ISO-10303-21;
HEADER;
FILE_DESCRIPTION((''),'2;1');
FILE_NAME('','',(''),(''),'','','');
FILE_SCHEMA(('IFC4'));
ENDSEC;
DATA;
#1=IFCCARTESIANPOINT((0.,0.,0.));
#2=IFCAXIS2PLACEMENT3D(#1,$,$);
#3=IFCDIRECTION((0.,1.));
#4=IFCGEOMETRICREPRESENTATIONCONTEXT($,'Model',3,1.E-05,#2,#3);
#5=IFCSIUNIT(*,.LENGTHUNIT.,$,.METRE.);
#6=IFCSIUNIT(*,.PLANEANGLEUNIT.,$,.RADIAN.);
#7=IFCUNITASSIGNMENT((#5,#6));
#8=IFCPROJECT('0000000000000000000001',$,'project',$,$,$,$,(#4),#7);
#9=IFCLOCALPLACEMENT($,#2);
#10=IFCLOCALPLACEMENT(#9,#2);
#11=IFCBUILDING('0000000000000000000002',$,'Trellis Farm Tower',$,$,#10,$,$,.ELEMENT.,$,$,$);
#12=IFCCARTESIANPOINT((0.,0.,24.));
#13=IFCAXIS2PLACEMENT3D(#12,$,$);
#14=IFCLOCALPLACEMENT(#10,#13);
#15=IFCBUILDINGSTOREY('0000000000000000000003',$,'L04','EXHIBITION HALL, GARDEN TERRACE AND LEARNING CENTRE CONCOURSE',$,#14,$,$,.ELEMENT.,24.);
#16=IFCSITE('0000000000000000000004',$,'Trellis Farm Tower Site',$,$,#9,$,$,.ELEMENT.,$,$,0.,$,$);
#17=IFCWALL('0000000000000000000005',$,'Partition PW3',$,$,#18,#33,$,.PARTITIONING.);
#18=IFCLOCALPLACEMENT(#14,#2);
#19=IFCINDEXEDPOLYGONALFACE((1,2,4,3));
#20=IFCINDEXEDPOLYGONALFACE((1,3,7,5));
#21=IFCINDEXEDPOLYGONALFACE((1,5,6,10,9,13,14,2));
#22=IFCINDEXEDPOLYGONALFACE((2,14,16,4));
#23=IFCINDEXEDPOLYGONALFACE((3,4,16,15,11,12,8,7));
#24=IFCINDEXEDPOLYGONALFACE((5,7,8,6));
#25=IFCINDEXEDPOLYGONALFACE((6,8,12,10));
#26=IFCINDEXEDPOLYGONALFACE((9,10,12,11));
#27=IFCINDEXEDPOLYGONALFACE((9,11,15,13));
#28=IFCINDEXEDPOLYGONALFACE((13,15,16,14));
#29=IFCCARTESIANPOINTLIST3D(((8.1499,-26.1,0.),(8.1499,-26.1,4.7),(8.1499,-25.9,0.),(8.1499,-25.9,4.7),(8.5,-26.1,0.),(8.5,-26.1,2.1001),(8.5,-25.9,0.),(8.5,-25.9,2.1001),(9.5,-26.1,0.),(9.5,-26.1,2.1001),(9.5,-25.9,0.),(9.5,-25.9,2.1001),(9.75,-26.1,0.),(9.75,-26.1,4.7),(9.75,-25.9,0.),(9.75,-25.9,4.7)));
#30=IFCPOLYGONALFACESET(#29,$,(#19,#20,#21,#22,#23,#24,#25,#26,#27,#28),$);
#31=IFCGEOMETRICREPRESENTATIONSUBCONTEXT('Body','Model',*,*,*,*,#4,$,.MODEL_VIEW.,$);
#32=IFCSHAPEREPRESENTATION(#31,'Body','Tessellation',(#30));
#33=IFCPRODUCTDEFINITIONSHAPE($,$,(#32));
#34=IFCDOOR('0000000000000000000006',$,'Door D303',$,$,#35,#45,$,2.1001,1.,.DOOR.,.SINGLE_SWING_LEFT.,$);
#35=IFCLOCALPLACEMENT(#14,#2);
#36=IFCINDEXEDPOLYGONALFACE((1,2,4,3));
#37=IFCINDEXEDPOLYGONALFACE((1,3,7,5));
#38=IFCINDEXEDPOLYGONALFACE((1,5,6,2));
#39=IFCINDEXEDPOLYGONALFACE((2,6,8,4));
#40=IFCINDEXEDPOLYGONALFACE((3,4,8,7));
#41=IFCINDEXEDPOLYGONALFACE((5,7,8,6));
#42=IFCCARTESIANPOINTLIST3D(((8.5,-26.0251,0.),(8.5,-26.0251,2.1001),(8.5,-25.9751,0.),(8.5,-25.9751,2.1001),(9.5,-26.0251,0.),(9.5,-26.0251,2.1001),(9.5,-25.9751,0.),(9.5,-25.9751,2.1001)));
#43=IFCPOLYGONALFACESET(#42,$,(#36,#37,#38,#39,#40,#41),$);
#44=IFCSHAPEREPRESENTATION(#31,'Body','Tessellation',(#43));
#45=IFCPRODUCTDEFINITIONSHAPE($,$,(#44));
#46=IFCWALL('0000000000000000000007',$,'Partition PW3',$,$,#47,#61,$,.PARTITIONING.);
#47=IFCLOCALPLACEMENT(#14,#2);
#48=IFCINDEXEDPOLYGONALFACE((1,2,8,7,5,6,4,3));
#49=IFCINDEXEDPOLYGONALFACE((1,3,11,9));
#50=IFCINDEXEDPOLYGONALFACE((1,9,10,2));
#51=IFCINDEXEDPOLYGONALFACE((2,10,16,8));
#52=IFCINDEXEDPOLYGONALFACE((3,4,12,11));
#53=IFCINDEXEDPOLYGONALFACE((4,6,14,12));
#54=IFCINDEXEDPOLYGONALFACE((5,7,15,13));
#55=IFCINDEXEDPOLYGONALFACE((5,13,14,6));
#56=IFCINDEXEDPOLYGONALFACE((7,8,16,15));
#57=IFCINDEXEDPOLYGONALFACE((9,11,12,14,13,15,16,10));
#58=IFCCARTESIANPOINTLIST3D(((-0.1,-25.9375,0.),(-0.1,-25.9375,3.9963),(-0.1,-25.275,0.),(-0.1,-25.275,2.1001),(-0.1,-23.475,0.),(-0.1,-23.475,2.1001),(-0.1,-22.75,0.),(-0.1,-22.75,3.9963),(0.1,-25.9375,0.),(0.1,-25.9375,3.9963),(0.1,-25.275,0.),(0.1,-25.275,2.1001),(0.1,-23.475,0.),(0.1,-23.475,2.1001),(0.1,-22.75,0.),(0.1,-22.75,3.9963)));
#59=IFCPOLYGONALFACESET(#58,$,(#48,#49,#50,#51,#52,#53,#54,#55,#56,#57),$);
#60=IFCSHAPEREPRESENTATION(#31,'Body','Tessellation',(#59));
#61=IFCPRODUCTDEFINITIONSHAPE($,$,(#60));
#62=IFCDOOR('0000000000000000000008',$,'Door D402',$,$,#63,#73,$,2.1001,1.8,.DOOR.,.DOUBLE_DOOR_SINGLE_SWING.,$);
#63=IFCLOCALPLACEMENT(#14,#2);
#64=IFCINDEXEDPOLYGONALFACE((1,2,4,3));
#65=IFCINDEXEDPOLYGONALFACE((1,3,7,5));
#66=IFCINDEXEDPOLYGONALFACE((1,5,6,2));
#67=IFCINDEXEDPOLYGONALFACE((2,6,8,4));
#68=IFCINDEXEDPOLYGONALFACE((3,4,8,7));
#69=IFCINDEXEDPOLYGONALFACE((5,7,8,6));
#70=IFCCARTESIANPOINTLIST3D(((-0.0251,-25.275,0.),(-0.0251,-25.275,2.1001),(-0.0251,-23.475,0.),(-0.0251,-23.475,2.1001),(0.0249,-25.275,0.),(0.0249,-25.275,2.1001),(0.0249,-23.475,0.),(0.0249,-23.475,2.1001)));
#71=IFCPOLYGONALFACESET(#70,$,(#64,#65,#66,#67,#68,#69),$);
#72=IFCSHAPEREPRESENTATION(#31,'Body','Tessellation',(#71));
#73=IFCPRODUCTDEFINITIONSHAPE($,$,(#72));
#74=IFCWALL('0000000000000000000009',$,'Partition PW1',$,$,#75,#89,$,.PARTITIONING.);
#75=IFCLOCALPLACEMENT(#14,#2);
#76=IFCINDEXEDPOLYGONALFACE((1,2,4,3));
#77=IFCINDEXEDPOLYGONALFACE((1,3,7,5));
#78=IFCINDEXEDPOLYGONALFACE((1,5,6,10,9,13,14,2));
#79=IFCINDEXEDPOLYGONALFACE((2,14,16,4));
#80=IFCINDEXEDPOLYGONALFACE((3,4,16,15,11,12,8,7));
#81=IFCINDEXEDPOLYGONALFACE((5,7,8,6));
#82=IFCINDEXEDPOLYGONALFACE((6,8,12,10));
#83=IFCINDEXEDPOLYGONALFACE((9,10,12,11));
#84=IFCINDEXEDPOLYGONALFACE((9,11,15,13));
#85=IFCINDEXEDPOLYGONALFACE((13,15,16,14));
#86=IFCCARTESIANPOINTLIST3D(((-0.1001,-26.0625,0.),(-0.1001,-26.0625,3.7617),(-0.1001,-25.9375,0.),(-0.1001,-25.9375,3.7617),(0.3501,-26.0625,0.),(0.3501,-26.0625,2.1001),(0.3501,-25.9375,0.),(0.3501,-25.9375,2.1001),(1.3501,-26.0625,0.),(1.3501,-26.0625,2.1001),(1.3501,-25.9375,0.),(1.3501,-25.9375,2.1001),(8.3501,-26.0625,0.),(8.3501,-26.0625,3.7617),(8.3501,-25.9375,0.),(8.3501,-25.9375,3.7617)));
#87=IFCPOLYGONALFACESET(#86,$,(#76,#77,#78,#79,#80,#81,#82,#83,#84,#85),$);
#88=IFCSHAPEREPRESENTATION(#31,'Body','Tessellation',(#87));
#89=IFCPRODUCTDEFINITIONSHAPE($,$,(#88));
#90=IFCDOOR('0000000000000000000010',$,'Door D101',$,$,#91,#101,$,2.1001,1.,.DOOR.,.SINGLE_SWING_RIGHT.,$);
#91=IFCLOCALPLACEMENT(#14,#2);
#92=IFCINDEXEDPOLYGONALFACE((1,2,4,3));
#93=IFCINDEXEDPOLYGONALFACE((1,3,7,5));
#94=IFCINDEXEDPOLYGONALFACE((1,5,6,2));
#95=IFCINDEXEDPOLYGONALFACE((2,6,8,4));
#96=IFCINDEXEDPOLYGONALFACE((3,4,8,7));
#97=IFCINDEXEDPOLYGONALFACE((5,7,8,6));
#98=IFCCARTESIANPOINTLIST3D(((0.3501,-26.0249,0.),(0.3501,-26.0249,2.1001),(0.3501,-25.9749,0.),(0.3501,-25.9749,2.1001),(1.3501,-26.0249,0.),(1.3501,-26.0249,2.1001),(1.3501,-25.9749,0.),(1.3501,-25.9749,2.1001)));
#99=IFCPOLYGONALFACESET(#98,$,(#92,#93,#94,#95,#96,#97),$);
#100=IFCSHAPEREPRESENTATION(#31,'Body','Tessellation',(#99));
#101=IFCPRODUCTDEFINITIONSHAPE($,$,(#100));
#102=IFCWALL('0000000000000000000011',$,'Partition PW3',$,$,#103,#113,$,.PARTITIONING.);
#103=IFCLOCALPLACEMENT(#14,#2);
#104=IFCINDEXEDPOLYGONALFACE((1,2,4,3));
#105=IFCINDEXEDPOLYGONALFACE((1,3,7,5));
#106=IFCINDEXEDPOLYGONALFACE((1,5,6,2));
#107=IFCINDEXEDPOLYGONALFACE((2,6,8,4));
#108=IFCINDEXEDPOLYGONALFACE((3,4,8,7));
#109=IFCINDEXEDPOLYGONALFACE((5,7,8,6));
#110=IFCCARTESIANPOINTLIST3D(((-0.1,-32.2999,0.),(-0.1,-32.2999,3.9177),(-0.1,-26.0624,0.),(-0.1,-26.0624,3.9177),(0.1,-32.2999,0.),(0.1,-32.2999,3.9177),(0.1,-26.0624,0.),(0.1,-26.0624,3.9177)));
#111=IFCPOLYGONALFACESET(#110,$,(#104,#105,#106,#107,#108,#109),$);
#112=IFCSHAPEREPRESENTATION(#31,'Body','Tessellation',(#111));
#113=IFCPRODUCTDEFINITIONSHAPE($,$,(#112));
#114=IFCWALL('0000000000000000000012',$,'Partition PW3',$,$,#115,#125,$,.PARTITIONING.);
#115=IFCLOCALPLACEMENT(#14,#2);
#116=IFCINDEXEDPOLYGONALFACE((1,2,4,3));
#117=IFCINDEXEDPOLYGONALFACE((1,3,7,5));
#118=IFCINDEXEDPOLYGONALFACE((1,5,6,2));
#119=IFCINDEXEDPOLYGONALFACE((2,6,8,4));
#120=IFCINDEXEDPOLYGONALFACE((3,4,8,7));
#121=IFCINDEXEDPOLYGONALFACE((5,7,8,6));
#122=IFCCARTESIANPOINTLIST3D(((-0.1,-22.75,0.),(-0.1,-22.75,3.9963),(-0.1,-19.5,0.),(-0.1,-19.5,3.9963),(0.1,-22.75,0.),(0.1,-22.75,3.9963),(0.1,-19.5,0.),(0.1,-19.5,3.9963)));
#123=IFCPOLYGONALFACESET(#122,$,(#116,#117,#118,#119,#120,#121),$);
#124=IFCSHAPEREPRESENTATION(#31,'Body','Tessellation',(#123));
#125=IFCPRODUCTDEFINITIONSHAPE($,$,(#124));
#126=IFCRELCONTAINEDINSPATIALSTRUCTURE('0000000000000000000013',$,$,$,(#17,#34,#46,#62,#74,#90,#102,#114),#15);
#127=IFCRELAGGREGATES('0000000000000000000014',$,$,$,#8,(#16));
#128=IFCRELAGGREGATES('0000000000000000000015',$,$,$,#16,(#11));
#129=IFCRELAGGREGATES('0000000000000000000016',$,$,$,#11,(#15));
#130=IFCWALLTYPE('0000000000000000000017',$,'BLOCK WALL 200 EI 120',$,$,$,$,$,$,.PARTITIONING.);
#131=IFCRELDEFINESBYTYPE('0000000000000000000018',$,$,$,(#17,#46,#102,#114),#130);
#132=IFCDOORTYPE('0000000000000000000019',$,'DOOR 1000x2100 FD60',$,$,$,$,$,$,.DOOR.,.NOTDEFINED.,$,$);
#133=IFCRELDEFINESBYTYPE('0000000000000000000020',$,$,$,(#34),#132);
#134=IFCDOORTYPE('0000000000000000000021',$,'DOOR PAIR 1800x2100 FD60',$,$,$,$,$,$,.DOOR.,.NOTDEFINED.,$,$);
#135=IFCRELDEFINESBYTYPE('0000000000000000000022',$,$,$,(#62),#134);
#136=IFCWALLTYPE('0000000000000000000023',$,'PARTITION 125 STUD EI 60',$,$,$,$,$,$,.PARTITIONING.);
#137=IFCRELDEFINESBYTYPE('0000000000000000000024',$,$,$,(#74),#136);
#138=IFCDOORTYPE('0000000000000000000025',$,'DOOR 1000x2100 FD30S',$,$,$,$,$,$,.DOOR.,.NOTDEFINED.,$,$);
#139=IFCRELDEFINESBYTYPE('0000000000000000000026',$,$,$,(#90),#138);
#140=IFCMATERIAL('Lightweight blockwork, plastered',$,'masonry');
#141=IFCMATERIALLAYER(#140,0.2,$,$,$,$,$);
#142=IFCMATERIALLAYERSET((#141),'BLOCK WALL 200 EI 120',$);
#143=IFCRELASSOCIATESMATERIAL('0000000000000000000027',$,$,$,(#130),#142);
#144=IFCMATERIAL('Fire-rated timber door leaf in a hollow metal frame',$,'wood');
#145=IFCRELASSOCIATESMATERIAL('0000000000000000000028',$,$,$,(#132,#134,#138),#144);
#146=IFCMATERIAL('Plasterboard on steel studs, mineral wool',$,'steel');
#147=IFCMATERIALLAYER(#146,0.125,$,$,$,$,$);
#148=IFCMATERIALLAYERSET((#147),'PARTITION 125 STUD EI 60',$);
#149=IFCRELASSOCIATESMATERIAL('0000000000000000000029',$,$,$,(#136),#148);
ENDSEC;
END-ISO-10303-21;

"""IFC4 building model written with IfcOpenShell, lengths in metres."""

from ifc_helpers import new_model, si_unit, direction, frame, frame_2d, origin, place, context, subcontext, project, spatial, rectangle, extrude, source, transform, mapped, material, layer, layer_set, type_object, element, fill, save


model = new_model("IFC4")

# Units and contexts
model_context = context("Model", 3, precision=1e-05, world=origin(), true_north=direction((0.0, 1.0)))
body_context = subcontext(model_context, "Body", "Model", "MODEL_VIEW")
ifc_project = project(units=[si_unit("LENGTHUNIT", "METRE"), si_unit("PLANEANGLEUNIT", "RADIAN")], contexts=[model_context])

# Site, building, storey
site_placement = place(None, origin())
site = spatial("IfcSite", under=ifc_project, at=site_placement, Name="Trellis Farm Tower Site", CompositionType="ELEMENT", RefElevation=0.0)
building_placement = place(site_placement, origin())
building = spatial("IfcBuilding", under=site, at=building_placement, Name="Trellis Farm Tower", CompositionType="ELEMENT")
storey_placement = place(building_placement, frame((0.0, 0.0, 24.0)))
storey = spatial("IfcBuildingStorey", under=building, at=storey_placement, Name="L04", Description="EXHIBITION HALL, GARDEN TERRACE AND LEARNING CENTRE CONCOURSE", CompositionType="ELEMENT", Elevation=24.0)

# Walls, openings, doors
ifc_material_1 = material(Name="Lightweight blockwork, plastered", Category="masonry")
ifc_layer_1 = layer(ifc_material_1, 0.2)
ifc_layer_set_1 = layer_set([ifc_layer_1], Name="BLOCK WALL 200 EI 120")
wall_type_1 = type_object("IfcWallType", Name="BLOCK WALL 200 EI 120", PredefinedType="PARTITIONING", material=ifc_layer_set_1)
shared_shape_1 = source(origin(), body_context, "Body", "SweptSolid", [
    extrude(rectangle(XDim=1.6001, YDim=0.2, at=frame_2d((0.8, 0.0))), origin(), (0.0, 0.0, 1.0), 4.7),
])
wall_1_placement = place(storey_placement, frame((8.1499, -26.0, 0.0), z_axis=(0.0, 0.0, 1.0), x_axis=(1.0, 0.0, 0.0)))
wall_1 = element("IfcWall", 1, at=wall_1_placement, inside=storey, type_object=wall_type_1, Name="Partition PW3", PredefinedType="PARTITIONING", context=body_context, shape_type="MappedRepresentation", body=[
    mapped(shared_shape_1, transform((0.0, 0.0, 0.0))),
])
shared_shape_2 = source(origin(), body_context, "Body", "SweptSolid", [
    extrude(rectangle(XDim=1.0, YDim=2.1001, at=frame_2d((0.5, 1.05))), frame((0.0, 0.1101, 0.0), z_axis=(0.0, -1.0, 0.0), x_axis=(1.0, 0.0, 0.0)), (0.0, 0.0, 1.0), 0.2202),
])
opening_1_placement = place(wall_1_placement, frame((0.3501, 0.0, 0.0)))
opening_1 = element("IfcOpeningElement", 2, at=opening_1_placement, cuts=wall_1, PredefinedType="OPENING", context=body_context, shape_type="MappedRepresentation", body=[
    mapped(shared_shape_2, transform((0.0, 0.0, 0.0))),
])
ifc_material_2 = material(Name="Fire-rated timber door leaf in a hollow metal frame", Category="wood")
door_type_1 = type_object("IfcDoorType", Name="DOOR 1000x2100 FD60", OperationType="NOTDEFINED", PredefinedType="DOOR", material=ifc_material_2)
shared_shape_3 = source(origin(), body_context, "Body", "SweptSolid", [
    extrude(rectangle(XDim=1.0, YDim=2.1001, at=frame_2d((0.5, 1.05))), frame((0.0, 0.0249, 0.0), z_axis=(0.0, -1.0, 0.0), x_axis=(1.0, 0.0, 0.0)), (0.0, 0.0, 1.0), 0.05),
])
door_1_placement = place(opening_1_placement, origin())
door_1 = element("IfcDoor", 3, at=door_1_placement, inside=storey, type_object=door_type_1, Name="Door D303", OperationType="SINGLE_SWING_LEFT", OverallHeight=2.1001, OverallWidth=1.0, PredefinedType="DOOR", context=body_context, shape_type="MappedRepresentation", body=[
    mapped(shared_shape_3, transform((0.0, 0.0, 0.0))),
])
fill(opening_1, door_1)
shared_shape_4 = source(origin(), body_context, "Body", "SweptSolid", [
    extrude(rectangle(XDim=3.1875, YDim=0.2, at=frame_2d((1.5938, 0.0))), origin(), (0.0, 0.0, 1.0), 3.9963),
])
wall_2_placement = place(storey_placement, frame((0.0, -22.75, 0.0), z_axis=(0.0, 0.0, 1.0), x_axis=(0.0, -1.0, 0.0)))
wall_2 = element("IfcWall", 4, at=wall_2_placement, inside=storey, type_object=wall_type_1, Name="Partition PW3", PredefinedType="PARTITIONING", context=body_context, shape_type="MappedRepresentation", body=[
    mapped(shared_shape_4, transform((0.0, 0.0, 0.0))),
])
shared_shape_5 = source(origin(), body_context, "Body", "SweptSolid", [
    extrude(rectangle(XDim=1.8, YDim=2.1001, at=frame_2d((0.8999, 1.05))), frame((0.0, 0.1101, 0.0), z_axis=(0.0, -1.0, 0.0), x_axis=(1.0, 0.0, 0.0)), (0.0, 0.0, 1.0), 0.2202),
])
opening_2_placement = place(wall_2_placement, frame((0.7251, 0.0, 0.0)))
opening_2 = element("IfcOpeningElement", 5, at=opening_2_placement, cuts=wall_2, PredefinedType="OPENING", context=body_context, shape_type="MappedRepresentation", body=[
    mapped(shared_shape_5, transform((0.0, 0.0, 0.0))),
])
door_type_2 = type_object("IfcDoorType", Name="DOOR PAIR 1800x2100 FD60", OperationType="NOTDEFINED", PredefinedType="DOOR", material=ifc_material_2)
shared_shape_6 = source(origin(), body_context, "Body", "SweptSolid", [
    extrude(rectangle(XDim=1.8, YDim=2.1001, at=frame_2d((0.8999, 1.05))), frame((0.0, 0.0249, 0.0), z_axis=(0.0, -1.0, 0.0), x_axis=(1.0, 0.0, 0.0)), (0.0, 0.0, 1.0), 0.05),
])
door_2_placement = place(opening_2_placement, origin())
door_2 = element("IfcDoor", 6, at=door_2_placement, inside=storey, type_object=door_type_2, Name="Door D402", OperationType="DOUBLE_DOOR_SINGLE_SWING", OverallHeight=2.1001, OverallWidth=1.8, PredefinedType="DOOR", context=body_context, shape_type="MappedRepresentation", body=[
    mapped(shared_shape_6, transform((0.0, 0.0, 0.0))),
])
fill(opening_2, door_2)
ifc_material_3 = material(Name="Plasterboard on steel studs, mineral wool", Category="steel")
ifc_layer_2 = layer(ifc_material_3, 0.125)
ifc_layer_set_2 = layer_set([ifc_layer_2], Name="PARTITION 125 STUD EI 60")
wall_type_2 = type_object("IfcWallType", Name="PARTITION 125 STUD EI 60", PredefinedType="PARTITIONING", material=ifc_layer_set_2)
shared_shape_7 = source(origin(), body_context, "Body", "SweptSolid", [
    extrude(rectangle(XDim=8.4502, YDim=0.125, at=frame_2d((4.2251, 0.0))), origin(), (0.0, 0.0, 1.0), 3.7617),
])
wall_3_placement = place(storey_placement, frame((8.3501, -26.0, 0.0), z_axis=(0.0, 0.0, 1.0), x_axis=(-1.0, 0.0, 0.0)))
wall_3 = element("IfcWall", 7, at=wall_3_placement, inside=storey, type_object=wall_type_2, Name="Partition PW1", PredefinedType="PARTITIONING", context=body_context, shape_type="MappedRepresentation", body=[
    mapped(shared_shape_7, transform((0.0, 0.0, 0.0))),
])
shared_shape_8 = source(origin(), body_context, "Body", "SweptSolid", [
    extrude(rectangle(XDim=1.0, YDim=2.1001, at=frame_2d((0.5, 1.05))), frame((0.0, 0.0725, 0.0), z_axis=(0.0, -1.0, 0.0), x_axis=(1.0, 0.0, 0.0)), (0.0, 0.0, 1.0), 0.145),
])
opening_3_placement = place(wall_3_placement, frame((7.0, 0.0, 0.0)))
opening_3 = element("IfcOpeningElement", 8, at=opening_3_placement, cuts=wall_3, PredefinedType="OPENING", context=body_context, shape_type="MappedRepresentation", body=[
    mapped(shared_shape_8, transform((0.0, 0.0, 0.0))),
])
door_type_3 = type_object("IfcDoorType", Name="DOOR 1000x2100 FD30S", OperationType="NOTDEFINED", PredefinedType="DOOR", material=ifc_material_2)
door_3_placement = place(opening_3_placement, origin())
door_3 = element("IfcDoor", 9, at=door_3_placement, inside=storey, type_object=door_type_3, Name="Door D101", OperationType="SINGLE_SWING_RIGHT", OverallHeight=2.1001, OverallWidth=1.0, PredefinedType="DOOR", context=body_context, shape_type="MappedRepresentation", body=[
    mapped(shared_shape_3, transform((0.0, 0.0, 0.0))),
])
fill(opening_3, door_3)

# Walls
shared_shape_9 = source(origin(), body_context, "Body", "SweptSolid", [
    extrude(rectangle(XDim=6.2375, YDim=0.2, at=frame_2d((3.1187, 0.0))), origin(), (0.0, 0.0, 1.0), 3.9177),
])
wall_4_placement = place(storey_placement, frame((0.0, -26.0625, 0.0), z_axis=(0.0, 0.0, 1.0), x_axis=(0.0, -1.0, 0.0)))
element("IfcWall", 10, at=wall_4_placement, inside=storey, type_object=wall_type_1, Name="Partition PW3", PredefinedType="PARTITIONING", context=body_context, shape_type="MappedRepresentation", body=[
    mapped(shared_shape_9, transform((0.0, 0.0, 0.0))),
])
shared_shape_10 = source(origin(), body_context, "Body", "SweptSolid", [
    extrude(rectangle(XDim=3.25, YDim=0.2, at=frame_2d((1.625, 0.0))), origin(), (0.0, 0.0, 1.0), 3.9963),
])
wall_5_placement = place(storey_placement, frame((0.0, -22.75, 0.0), z_axis=(0.0, 0.0, 1.0), x_axis=(0.0, 1.0, 0.0)))
element("IfcWall", 11, at=wall_5_placement, inside=storey, type_object=wall_type_1, Name="Partition PW3", PredefinedType="PARTITIONING", context=body_context, shape_type="MappedRepresentation", body=[
    mapped(shared_shape_10, transform((0.0, 0.0, 0.0))),
])

save(model, "model.ifc")
